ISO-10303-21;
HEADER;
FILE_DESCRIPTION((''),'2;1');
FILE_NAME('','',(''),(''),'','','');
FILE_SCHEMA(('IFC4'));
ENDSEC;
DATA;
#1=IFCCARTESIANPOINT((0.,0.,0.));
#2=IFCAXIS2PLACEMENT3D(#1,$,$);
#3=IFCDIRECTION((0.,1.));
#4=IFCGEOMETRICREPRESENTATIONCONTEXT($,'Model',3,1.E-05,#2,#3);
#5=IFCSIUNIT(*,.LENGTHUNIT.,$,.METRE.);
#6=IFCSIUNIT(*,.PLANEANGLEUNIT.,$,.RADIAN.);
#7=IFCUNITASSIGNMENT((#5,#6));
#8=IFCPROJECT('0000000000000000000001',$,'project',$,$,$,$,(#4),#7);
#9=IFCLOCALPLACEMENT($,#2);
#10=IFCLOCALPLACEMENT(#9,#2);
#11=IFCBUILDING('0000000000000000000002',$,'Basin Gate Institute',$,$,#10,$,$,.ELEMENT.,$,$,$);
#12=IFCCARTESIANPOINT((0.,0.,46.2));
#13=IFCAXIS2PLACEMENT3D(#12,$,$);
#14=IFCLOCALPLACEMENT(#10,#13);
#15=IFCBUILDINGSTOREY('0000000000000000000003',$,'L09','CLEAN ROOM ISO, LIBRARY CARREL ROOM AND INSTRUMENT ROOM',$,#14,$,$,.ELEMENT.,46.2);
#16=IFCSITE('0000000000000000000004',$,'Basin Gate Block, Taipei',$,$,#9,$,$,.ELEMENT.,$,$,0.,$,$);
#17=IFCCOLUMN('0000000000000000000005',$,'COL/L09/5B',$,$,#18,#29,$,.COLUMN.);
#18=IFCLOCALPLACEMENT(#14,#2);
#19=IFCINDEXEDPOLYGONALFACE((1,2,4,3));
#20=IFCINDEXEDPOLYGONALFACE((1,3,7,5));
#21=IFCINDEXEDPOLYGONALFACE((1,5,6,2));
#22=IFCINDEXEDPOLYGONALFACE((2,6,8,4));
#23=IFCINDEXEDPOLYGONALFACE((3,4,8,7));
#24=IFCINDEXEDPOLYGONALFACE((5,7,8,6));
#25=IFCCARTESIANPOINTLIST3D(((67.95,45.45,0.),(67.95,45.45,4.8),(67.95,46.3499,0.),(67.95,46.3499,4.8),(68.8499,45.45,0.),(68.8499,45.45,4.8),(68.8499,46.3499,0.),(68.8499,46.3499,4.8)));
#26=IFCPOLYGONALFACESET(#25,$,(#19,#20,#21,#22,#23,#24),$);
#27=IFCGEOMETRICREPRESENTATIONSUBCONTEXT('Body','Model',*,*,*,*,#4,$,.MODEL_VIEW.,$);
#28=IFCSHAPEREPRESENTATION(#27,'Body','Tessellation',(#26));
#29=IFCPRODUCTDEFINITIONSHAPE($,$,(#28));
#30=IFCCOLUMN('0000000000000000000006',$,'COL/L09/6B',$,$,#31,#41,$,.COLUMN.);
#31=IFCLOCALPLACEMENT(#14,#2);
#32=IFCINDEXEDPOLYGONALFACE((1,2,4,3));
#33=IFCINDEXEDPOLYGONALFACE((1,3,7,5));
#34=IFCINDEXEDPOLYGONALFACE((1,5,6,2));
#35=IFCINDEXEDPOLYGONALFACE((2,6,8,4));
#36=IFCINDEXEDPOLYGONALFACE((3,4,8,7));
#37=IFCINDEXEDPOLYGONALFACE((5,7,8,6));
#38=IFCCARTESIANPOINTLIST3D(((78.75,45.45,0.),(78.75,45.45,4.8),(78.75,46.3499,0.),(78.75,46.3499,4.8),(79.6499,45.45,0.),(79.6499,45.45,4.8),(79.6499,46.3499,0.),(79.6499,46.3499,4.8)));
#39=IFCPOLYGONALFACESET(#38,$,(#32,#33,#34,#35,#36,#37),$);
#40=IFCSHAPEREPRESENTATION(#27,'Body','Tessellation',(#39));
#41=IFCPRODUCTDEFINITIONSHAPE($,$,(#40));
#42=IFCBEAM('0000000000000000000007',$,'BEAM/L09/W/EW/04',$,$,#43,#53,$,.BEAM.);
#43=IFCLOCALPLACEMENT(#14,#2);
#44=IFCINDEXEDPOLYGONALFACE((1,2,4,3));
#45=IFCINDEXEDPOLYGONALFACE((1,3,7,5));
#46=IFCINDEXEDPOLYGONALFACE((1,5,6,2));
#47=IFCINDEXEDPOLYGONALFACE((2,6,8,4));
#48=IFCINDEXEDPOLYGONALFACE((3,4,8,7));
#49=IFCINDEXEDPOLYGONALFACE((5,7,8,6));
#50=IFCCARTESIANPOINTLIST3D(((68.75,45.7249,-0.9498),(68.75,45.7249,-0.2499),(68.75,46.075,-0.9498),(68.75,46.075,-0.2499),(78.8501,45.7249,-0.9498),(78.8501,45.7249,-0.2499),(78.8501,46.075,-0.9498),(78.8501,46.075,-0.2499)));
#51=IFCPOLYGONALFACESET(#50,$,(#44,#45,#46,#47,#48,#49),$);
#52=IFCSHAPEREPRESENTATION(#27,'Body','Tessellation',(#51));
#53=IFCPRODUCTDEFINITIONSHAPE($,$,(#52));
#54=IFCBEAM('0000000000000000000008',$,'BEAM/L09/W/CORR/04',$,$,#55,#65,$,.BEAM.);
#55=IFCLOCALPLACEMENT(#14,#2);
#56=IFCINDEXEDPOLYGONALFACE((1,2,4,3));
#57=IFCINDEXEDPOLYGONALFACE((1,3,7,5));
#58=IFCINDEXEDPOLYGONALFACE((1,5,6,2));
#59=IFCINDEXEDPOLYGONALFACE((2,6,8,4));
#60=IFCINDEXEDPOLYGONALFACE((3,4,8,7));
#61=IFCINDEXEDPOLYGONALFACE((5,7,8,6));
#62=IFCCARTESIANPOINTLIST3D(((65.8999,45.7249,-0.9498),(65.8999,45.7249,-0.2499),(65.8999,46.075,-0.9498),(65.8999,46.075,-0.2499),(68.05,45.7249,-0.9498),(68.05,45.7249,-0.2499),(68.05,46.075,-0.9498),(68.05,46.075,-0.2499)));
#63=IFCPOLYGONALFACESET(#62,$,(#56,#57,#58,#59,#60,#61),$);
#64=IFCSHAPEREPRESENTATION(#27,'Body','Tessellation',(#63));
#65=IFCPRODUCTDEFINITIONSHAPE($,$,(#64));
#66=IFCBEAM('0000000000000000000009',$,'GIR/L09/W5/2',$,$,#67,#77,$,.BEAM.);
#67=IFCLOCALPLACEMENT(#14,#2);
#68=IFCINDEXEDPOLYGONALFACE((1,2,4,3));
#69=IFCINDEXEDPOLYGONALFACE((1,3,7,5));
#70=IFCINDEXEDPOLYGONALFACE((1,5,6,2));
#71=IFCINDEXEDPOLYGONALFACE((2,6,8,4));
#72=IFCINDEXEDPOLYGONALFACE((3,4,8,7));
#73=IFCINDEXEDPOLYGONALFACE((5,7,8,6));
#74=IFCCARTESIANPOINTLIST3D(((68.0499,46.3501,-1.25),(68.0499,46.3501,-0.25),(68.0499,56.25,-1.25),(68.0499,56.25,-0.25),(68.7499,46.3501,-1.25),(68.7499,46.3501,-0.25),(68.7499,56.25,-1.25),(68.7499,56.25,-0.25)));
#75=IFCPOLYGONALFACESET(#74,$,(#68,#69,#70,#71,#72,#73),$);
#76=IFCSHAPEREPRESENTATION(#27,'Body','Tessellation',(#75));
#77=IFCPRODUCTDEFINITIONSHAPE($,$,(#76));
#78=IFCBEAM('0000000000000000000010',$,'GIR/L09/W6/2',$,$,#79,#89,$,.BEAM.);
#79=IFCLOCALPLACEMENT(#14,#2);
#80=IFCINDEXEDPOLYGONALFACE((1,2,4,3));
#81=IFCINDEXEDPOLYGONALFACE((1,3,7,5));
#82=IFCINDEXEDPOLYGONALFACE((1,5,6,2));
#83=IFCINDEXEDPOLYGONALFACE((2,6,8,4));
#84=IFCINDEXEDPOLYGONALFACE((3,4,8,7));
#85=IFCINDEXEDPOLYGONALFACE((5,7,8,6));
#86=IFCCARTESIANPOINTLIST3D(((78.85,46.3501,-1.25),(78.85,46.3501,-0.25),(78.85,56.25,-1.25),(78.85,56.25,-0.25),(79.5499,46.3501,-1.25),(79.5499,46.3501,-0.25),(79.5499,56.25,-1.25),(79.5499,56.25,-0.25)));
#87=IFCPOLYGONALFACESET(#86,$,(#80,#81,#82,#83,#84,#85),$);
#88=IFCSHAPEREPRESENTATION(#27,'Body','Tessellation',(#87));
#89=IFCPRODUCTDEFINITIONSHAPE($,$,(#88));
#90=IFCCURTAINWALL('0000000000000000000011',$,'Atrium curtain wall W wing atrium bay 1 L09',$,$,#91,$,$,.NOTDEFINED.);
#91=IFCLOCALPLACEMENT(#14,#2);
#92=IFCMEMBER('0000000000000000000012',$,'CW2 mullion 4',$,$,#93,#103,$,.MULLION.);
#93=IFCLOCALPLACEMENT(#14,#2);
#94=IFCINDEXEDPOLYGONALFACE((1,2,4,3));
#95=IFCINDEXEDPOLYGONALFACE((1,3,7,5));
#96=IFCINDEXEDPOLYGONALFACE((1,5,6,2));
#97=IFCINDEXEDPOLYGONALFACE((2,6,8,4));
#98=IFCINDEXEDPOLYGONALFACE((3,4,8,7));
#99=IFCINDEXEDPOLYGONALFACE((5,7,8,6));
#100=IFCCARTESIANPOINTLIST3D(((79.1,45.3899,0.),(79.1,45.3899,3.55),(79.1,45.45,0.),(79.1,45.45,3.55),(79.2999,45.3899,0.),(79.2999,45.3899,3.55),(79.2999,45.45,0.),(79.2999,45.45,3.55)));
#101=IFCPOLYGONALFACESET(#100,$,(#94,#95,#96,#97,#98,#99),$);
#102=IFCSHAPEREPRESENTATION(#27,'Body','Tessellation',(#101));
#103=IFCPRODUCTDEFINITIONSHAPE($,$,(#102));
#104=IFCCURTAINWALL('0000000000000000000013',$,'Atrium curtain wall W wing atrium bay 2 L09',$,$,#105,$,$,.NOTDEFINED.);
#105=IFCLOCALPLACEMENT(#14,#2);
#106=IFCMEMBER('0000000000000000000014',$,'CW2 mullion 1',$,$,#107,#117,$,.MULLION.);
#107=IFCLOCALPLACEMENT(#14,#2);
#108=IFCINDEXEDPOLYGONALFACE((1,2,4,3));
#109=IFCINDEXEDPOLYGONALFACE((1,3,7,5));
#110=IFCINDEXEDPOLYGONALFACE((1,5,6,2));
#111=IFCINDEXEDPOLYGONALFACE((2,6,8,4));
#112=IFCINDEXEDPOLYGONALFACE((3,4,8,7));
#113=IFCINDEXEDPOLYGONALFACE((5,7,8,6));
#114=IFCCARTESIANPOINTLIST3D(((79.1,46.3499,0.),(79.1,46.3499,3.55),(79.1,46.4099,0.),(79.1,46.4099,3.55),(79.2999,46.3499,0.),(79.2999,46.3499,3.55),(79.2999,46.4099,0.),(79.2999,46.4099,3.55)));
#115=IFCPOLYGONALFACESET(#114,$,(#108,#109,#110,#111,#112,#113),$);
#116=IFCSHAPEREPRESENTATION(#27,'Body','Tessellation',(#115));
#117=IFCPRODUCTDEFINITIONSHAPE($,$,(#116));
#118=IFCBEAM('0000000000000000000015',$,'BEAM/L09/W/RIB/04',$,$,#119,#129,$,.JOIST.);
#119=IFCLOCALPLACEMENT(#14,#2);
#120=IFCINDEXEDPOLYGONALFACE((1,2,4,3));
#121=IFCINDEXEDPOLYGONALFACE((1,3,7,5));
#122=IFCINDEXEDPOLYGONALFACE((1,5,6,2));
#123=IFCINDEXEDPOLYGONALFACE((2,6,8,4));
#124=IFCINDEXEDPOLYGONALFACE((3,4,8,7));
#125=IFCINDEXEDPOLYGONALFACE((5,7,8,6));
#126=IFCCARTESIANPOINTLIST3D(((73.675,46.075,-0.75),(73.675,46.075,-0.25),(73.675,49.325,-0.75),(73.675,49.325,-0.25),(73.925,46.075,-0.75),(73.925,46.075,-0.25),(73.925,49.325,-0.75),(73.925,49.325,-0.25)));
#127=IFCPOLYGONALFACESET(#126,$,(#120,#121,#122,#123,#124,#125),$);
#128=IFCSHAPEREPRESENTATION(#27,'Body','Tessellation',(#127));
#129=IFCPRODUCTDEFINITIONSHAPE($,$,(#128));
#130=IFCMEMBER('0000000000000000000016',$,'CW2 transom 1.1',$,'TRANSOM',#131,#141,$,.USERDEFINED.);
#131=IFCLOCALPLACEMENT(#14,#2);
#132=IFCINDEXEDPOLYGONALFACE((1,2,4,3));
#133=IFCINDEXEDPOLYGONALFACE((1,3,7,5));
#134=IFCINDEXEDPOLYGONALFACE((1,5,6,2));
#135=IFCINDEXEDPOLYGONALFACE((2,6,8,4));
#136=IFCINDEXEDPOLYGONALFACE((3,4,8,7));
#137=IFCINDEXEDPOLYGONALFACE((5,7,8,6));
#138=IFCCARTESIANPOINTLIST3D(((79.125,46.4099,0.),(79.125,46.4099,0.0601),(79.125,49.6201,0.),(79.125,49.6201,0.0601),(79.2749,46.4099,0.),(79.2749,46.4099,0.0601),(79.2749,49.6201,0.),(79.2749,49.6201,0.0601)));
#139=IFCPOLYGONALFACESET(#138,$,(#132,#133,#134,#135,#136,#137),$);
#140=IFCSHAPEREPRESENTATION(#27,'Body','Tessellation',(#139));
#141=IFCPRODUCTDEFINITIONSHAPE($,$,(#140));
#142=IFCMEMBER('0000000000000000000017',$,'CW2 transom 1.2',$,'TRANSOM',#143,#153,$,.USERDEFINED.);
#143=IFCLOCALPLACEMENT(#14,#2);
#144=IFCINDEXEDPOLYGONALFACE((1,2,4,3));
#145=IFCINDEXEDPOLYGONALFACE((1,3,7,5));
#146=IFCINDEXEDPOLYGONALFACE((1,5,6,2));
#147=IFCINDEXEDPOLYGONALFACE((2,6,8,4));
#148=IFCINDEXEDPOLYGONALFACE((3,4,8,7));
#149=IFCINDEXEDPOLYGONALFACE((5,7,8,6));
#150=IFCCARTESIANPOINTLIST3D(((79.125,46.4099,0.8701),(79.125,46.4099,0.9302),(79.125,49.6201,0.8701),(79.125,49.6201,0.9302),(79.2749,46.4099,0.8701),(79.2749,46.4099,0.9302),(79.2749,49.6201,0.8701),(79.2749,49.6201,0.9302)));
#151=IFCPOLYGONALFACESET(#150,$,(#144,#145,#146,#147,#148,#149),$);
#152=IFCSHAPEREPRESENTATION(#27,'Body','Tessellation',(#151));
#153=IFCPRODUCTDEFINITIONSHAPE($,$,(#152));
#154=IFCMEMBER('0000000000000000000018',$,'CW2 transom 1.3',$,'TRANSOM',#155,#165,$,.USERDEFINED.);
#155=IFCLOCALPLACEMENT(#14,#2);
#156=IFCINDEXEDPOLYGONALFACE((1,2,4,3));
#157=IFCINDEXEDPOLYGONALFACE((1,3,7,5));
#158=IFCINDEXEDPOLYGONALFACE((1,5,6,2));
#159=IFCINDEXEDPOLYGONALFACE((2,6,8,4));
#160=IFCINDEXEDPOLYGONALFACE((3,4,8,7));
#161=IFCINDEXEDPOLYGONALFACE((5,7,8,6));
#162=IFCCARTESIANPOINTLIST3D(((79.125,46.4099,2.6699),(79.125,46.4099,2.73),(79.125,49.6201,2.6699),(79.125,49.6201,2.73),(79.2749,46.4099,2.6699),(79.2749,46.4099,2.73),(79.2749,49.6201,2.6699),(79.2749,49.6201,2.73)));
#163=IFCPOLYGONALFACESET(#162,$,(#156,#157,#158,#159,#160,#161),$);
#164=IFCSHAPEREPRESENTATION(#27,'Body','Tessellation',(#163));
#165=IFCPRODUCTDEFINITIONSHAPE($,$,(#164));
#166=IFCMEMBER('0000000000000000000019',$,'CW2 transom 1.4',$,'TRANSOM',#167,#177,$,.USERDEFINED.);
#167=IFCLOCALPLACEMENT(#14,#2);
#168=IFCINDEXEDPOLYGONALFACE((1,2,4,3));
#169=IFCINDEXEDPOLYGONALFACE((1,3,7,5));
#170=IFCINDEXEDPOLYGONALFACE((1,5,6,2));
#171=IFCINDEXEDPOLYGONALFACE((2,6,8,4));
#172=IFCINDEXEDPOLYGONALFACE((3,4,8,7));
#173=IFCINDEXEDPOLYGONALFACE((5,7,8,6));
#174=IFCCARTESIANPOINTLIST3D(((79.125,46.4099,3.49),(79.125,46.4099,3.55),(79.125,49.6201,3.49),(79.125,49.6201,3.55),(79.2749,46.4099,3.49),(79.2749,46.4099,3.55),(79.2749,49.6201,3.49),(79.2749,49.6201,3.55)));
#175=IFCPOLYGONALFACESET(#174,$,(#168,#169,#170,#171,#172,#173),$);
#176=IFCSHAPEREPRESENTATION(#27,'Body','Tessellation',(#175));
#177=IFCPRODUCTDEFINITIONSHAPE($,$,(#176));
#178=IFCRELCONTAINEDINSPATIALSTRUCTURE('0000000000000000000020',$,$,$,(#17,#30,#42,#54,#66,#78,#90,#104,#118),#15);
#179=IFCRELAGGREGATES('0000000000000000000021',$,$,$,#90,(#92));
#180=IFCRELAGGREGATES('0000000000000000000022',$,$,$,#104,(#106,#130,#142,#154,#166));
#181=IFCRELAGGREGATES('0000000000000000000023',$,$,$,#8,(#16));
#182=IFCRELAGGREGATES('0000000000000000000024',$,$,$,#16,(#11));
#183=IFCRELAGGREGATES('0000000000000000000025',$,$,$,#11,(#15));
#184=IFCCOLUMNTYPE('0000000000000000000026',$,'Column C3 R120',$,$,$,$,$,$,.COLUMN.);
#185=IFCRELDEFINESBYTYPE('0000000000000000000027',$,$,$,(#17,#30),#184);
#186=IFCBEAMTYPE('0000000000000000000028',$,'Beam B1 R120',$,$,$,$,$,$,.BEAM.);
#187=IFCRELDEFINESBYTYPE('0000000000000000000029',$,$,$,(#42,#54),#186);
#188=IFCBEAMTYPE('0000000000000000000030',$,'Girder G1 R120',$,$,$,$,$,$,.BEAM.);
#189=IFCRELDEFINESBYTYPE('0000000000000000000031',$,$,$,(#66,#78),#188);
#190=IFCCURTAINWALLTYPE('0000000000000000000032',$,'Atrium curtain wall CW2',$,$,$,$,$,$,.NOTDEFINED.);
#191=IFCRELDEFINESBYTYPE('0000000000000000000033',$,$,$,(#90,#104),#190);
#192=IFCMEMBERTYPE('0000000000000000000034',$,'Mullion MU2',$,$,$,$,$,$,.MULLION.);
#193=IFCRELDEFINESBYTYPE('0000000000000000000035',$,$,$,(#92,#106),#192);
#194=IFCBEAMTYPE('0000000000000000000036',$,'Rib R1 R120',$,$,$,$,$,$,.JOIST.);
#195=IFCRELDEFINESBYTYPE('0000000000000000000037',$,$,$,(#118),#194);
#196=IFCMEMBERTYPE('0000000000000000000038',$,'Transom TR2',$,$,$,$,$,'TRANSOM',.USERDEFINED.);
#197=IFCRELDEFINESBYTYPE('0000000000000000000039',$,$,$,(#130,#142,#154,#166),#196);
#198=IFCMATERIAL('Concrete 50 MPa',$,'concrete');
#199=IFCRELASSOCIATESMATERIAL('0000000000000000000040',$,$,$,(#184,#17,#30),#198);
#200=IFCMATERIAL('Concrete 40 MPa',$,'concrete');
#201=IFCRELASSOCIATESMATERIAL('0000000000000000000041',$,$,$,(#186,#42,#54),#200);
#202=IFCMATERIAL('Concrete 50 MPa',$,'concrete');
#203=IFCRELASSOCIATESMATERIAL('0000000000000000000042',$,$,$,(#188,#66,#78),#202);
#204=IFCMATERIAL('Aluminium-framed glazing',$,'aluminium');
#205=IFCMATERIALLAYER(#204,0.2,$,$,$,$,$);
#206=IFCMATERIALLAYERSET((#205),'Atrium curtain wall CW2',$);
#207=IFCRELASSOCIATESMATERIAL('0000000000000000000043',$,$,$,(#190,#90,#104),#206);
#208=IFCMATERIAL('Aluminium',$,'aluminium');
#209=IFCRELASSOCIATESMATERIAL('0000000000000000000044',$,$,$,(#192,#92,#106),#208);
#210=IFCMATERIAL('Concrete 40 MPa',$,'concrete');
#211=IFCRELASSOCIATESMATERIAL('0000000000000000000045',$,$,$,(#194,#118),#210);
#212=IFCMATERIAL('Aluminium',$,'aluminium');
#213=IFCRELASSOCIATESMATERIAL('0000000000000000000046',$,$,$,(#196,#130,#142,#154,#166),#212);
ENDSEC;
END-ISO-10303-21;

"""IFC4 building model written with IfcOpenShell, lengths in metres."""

from ifc_helpers import new_model, si_unit, direction, frame, origin, origin_2d, place, context, subcontext, project, spatial, rectangle, extrude, material, layer, layer_set, material_profile, profile_set, type_object, element, aggregate, save


model = new_model("IFC4")

# Units and contexts
model_context = context("Model", 3, precision=1e-05, world=origin(), true_north=direction((0.0, 1.0)))
body_context = subcontext(model_context, "Body", "Model", "MODEL_VIEW")
ifc_project = project(units=[si_unit("LENGTHUNIT", "METRE"), si_unit("PLANEANGLEUNIT", "RADIAN")], contexts=[model_context])

# Site, building, storey
site_placement = place(None, origin())
site = spatial("IfcSite", under=ifc_project, at=site_placement, Name="Basin Gate Block, Taipei", CompositionType="ELEMENT", RefElevation=0.0)
building_placement = place(site_placement, origin())
building = spatial("IfcBuilding", under=site, at=building_placement, Name="Basin Gate Institute", CompositionType="ELEMENT")
storey_placement = place(building_placement, frame((0.0, 0.0, 46.2)))
storey = spatial("IfcBuildingStorey", under=building, at=storey_placement, Name="L09", Description="CLEAN ROOM ISO, LIBRARY CARREL ROOM AND INSTRUMENT ROOM", CompositionType="ELEMENT", Elevation=46.2)

# Columns
ifc_material_1 = material(Name="Concrete 50 MPa", Category="concrete")
ifc_material_profile_1 = material_profile(ifc_material_1, rectangle(XDim=0.8999, YDim=0.8999, at=origin_2d()), Name="Column C3 900 x 900")
ifc_profile_set_1 = profile_set([ifc_material_profile_1], Name="Concrete 50 MPa")
column_type = type_object("IfcColumnType", Name="Column C3 R120", PredefinedType="COLUMN", material=ifc_profile_set_1)
for number, where, z_axis, x_axis, name in (
    (1, (68.3999, 45.8999, 0.0), (0.0, 0.0, 1.0), (1.0, 0.0, 0.0), "COL/L09/5B"),
    (2, (79.2, 45.8999, 0.0), (0.0, 0.0, 1.0), (1.0, 0.0, 0.0), "COL/L09/6B"),
):
    element("IfcColumn", number, at=place(storey_placement, frame(where, z_axis=z_axis, x_axis=x_axis)), inside=storey, type_object=column_type, material=ifc_profile_set_1, Name=name, PredefinedType="COLUMN", context=body_context, shape_type="SweptSolid", body=[
        extrude(rectangle(XDim=0.8999, YDim=0.8999, at=origin_2d()), origin(), (0.0, 0.0, 1.0), 4.8),
    ])

# Beams
ifc_material_2 = material(Name="Concrete 40 MPa", Category="concrete")
ifc_material_profile_2 = material_profile(ifc_material_2, rectangle(XDim=0.3501, YDim=0.7, at=origin_2d()), Name="Beam B1 350 x 700")
ifc_profile_set_2 = profile_set([ifc_material_profile_2], Name="Concrete 40 MPa")
beam_type_1 = type_object("IfcBeamType", Name="Beam B1 R120", PredefinedType="BEAM", material=ifc_profile_set_2)
beam_1_placement = place(storey_placement, frame((68.75, 45.8999, -0.5999), z_axis=(1.0, 0.0, 0.0), x_axis=(0.0, 1.0, 0.0)))
element("IfcBeam", 3, at=beam_1_placement, inside=storey, type_object=beam_type_1, material=ifc_profile_set_2, Name="BEAM/L09/W/EW/04", PredefinedType="BEAM", context=body_context, shape_type="SweptSolid", body=[
    extrude(rectangle(XDim=0.3501, YDim=0.7, at=origin_2d()), origin(), (0.0, 0.0, 1.0), 10.1001),
])
beam_2_placement = place(storey_placement, frame((65.8999, 45.8999, -0.5999), z_axis=(1.0, 0.0, 0.0), x_axis=(0.0, 1.0, 0.0)))
element("IfcBeam", 4, at=beam_2_placement, inside=storey, type_object=beam_type_1, material=ifc_profile_set_2, Name="BEAM/L09/W/CORR/04", PredefinedType="BEAM", context=body_context, shape_type="SweptSolid", body=[
    extrude(rectangle(XDim=0.3501, YDim=0.7, at=origin_2d()), origin(), (0.0, 0.0, 1.0), 2.1501),
])
ifc_material_3 = material(Name="Concrete 50 MPa", Category="concrete")
ifc_material_profile_3 = material_profile(ifc_material_3, rectangle(XDim=0.7, YDim=1.0, at=origin_2d()), Name="Girder G1 700 x 1000")
ifc_profile_set_3 = profile_set([ifc_material_profile_3], Name="Concrete 50 MPa")
beam_type_2 = type_object("IfcBeamType", Name="Girder G1 R120", PredefinedType="BEAM", material=ifc_profile_set_3)
for number, where, z_axis, x_axis, name in (
    (5, (68.3999, 46.3501, -0.75), (0.0, 1.0, 0.0), (-1.0, 0.0, 0.0), "GIR/L09/W5/2"),
    (6, (79.2, 46.3501, -0.75), (0.0, 1.0, 0.0), (-1.0, 0.0, 0.0), "GIR/L09/W6/2"),
):
    element("IfcBeam", number, at=place(storey_placement, frame(where, z_axis=z_axis, x_axis=x_axis)), inside=storey, type_object=beam_type_2, material=ifc_profile_set_3, Name=name, PredefinedType="BEAM", context=body_context, shape_type="SweptSolid", body=[
        extrude(rectangle(XDim=0.7, YDim=1.0, at=origin_2d()), origin(), (0.0, 0.0, 1.0), 9.8999),
    ])

# Curtain walls, members
ifc_material_4 = material(Name="Aluminium-framed glazing", Category="aluminium")
ifc_layer_1 = layer(ifc_material_4, 0.2)
ifc_layer_set_1 = layer_set([ifc_layer_1], Name="Atrium curtain wall CW2")
curtain_wall_type = type_object("IfcCurtainWallType", Name="Atrium curtain wall CW2", PredefinedType="NOTDEFINED", material=ifc_layer_set_1)
curtain_wall_1_placement = place(storey_placement, origin())
curtain_wall_1 = element("IfcCurtainWall", 7, at=curtain_wall_1_placement, inside=storey, type_object=curtain_wall_type, material=ifc_layer_set_1, Name="Atrium curtain wall W wing atrium bay 1 L09", PredefinedType="NOTDEFINED")
ifc_material_5 = material(Name="Aluminium", Category="aluminium")
ifc_material_profile_4 = material_profile(ifc_material_5, rectangle(XDim=0.2, YDim=0.0601, at=origin_2d()), Name="Mullion MU2 200 x 60")
ifc_profile_set_4 = profile_set([ifc_material_profile_4], Name="Aluminium")
member_type_1 = type_object("IfcMemberType", Name="Mullion MU2", PredefinedType="MULLION", material=ifc_profile_set_4)
member_1_placement = place(storey_placement, frame((79.2, 45.4199, 0.0), z_axis=(0.0, 0.0, 1.0), x_axis=(-1.0, 0.0, 0.0)))
member_1 = element("IfcMember", 8, at=member_1_placement, type_object=member_type_1, material=ifc_profile_set_4, Name="CW2 mullion 4", PredefinedType="MULLION", context=body_context, shape_type="SweptSolid", body=[
    extrude(rectangle(XDim=0.2, YDim=0.0601, at=origin_2d()), origin(), (0.0, 0.0, 1.0), 3.55),
])
curtain_wall_2_placement = place(storey_placement, origin())
curtain_wall_2 = element("IfcCurtainWall", 9, at=curtain_wall_2_placement, inside=storey, type_object=curtain_wall_type, material=ifc_layer_set_1, Name="Atrium curtain wall W wing atrium bay 2 L09", PredefinedType="NOTDEFINED")
member_2_placement = place(storey_placement, frame((79.2, 46.3799, 0.0), z_axis=(0.0, 0.0, 1.0), x_axis=(-1.0, 0.0, 0.0)))
member_2 = element("IfcMember", 10, at=member_2_placement, type_object=member_type_1, material=ifc_profile_set_4, Name="CW2 mullion 1", PredefinedType="MULLION", context=body_context, shape_type="SweptSolid", body=[
    extrude(rectangle(XDim=0.2, YDim=0.0601, at=origin_2d()), origin(), (0.0, 0.0, 1.0), 3.55),
])

# Beam
ifc_material_6 = material(Name="Concrete 40 MPa", Category="concrete")
ifc_material_profile_5 = material_profile(ifc_material_6, rectangle(XDim=0.25, YDim=0.5, at=origin_2d()), Name="Rib R1 250 x 500")
ifc_profile_set_5 = profile_set([ifc_material_profile_5], Name="Concrete 40 MPa")
beam_type_3 = type_object("IfcBeamType", Name="Rib R1 R120", PredefinedType="JOIST", material=ifc_profile_set_5)
beam_3_placement = place(storey_placement, frame((73.8, 46.075, -0.5), z_axis=(0.0, 1.0, 0.0), x_axis=(-1.0, 0.0, 0.0)))
element("IfcBeam", 11, at=beam_3_placement, inside=storey, type_object=beam_type_3, material=ifc_profile_set_5, Name="BEAM/L09/W/RIB/04", PredefinedType="JOIST", context=body_context, shape_type="SweptSolid", body=[
    extrude(rectangle(XDim=0.25, YDim=0.5, at=origin_2d()), origin(), (0.0, 0.0, 1.0), 3.25),
])

# Members
ifc_material_7 = material(Name="Aluminium", Category="aluminium")
ifc_material_profile_6 = material_profile(ifc_material_7, rectangle(XDim=0.1499, YDim=0.0601, at=origin_2d()), Name="Transom TR2 150 x 60")
ifc_profile_set_6 = profile_set([ifc_material_profile_6], Name="Aluminium")
member_type_2 = type_object("IfcMemberType", Name="Transom TR2", ElementType="TRANSOM", PredefinedType="USERDEFINED", material=ifc_profile_set_6)
member_3_placement = place(storey_placement, frame((79.2, 46.4099, 0.03), z_axis=(0.0, 1.0, 0.0), x_axis=(-1.0, 0.0, 0.0)))
member_3 = element("IfcMember", 12, at=member_3_placement, type_object=member_type_2, material=ifc_profile_set_6, Name="CW2 transom 1.1", ObjectType="TRANSOM", PredefinedType="USERDEFINED", context=body_context, shape_type="SweptSolid", body=[
    extrude(rectangle(XDim=0.1499, YDim=0.0601, at=origin_2d()), origin(), (0.0, 0.0, 1.0), 3.2102),
])
member_4_placement = place(storey_placement, frame((79.2, 46.4099, 0.9001), z_axis=(0.0, 1.0, 0.0), x_axis=(-1.0, 0.0, 0.0)))
member_4 = element("IfcMember", 13, at=member_4_placement, type_object=member_type_2, material=ifc_profile_set_6, Name="CW2 transom 1.2", ObjectType="TRANSOM", PredefinedType="USERDEFINED", context=body_context, shape_type="SweptSolid", body=[
    extrude(rectangle(XDim=0.1499, YDim=0.0601, at=origin_2d()), origin(), (0.0, 0.0, 1.0), 3.2102),
])
member_5_placement = place(storey_placement, frame((79.2, 46.4099, 2.7), z_axis=(0.0, 1.0, 0.0), x_axis=(-1.0, 0.0, 0.0)))
member_5 = element("IfcMember", 14, at=member_5_placement, type_object=member_type_2, material=ifc_profile_set_6, Name="CW2 transom 1.3", ObjectType="TRANSOM", PredefinedType="USERDEFINED", context=body_context, shape_type="SweptSolid", body=[
    extrude(rectangle(XDim=0.1499, YDim=0.0601, at=origin_2d()), origin(), (0.0, 0.0, 1.0), 3.2102),
])
member_6_placement = place(storey_placement, frame((79.2, 46.4099, 3.52), z_axis=(0.0, 1.0, 0.0), x_axis=(-1.0, 0.0, 0.0)))
member_6 = element("IfcMember", 15, at=member_6_placement, type_object=member_type_2, material=ifc_profile_set_6, Name="CW2 transom 1.4", ObjectType="TRANSOM", PredefinedType="USERDEFINED", context=body_context, shape_type="SweptSolid", body=[
    extrude(rectangle(XDim=0.1499, YDim=0.0601, at=origin_2d()), origin(), (0.0, 0.0, 1.0), 3.2102),
])

aggregate(curtain_wall_1, [member_1])
aggregate(curtain_wall_2, [member_2, member_3, member_4, member_5, member_6])

save(model, "model.ifc")
